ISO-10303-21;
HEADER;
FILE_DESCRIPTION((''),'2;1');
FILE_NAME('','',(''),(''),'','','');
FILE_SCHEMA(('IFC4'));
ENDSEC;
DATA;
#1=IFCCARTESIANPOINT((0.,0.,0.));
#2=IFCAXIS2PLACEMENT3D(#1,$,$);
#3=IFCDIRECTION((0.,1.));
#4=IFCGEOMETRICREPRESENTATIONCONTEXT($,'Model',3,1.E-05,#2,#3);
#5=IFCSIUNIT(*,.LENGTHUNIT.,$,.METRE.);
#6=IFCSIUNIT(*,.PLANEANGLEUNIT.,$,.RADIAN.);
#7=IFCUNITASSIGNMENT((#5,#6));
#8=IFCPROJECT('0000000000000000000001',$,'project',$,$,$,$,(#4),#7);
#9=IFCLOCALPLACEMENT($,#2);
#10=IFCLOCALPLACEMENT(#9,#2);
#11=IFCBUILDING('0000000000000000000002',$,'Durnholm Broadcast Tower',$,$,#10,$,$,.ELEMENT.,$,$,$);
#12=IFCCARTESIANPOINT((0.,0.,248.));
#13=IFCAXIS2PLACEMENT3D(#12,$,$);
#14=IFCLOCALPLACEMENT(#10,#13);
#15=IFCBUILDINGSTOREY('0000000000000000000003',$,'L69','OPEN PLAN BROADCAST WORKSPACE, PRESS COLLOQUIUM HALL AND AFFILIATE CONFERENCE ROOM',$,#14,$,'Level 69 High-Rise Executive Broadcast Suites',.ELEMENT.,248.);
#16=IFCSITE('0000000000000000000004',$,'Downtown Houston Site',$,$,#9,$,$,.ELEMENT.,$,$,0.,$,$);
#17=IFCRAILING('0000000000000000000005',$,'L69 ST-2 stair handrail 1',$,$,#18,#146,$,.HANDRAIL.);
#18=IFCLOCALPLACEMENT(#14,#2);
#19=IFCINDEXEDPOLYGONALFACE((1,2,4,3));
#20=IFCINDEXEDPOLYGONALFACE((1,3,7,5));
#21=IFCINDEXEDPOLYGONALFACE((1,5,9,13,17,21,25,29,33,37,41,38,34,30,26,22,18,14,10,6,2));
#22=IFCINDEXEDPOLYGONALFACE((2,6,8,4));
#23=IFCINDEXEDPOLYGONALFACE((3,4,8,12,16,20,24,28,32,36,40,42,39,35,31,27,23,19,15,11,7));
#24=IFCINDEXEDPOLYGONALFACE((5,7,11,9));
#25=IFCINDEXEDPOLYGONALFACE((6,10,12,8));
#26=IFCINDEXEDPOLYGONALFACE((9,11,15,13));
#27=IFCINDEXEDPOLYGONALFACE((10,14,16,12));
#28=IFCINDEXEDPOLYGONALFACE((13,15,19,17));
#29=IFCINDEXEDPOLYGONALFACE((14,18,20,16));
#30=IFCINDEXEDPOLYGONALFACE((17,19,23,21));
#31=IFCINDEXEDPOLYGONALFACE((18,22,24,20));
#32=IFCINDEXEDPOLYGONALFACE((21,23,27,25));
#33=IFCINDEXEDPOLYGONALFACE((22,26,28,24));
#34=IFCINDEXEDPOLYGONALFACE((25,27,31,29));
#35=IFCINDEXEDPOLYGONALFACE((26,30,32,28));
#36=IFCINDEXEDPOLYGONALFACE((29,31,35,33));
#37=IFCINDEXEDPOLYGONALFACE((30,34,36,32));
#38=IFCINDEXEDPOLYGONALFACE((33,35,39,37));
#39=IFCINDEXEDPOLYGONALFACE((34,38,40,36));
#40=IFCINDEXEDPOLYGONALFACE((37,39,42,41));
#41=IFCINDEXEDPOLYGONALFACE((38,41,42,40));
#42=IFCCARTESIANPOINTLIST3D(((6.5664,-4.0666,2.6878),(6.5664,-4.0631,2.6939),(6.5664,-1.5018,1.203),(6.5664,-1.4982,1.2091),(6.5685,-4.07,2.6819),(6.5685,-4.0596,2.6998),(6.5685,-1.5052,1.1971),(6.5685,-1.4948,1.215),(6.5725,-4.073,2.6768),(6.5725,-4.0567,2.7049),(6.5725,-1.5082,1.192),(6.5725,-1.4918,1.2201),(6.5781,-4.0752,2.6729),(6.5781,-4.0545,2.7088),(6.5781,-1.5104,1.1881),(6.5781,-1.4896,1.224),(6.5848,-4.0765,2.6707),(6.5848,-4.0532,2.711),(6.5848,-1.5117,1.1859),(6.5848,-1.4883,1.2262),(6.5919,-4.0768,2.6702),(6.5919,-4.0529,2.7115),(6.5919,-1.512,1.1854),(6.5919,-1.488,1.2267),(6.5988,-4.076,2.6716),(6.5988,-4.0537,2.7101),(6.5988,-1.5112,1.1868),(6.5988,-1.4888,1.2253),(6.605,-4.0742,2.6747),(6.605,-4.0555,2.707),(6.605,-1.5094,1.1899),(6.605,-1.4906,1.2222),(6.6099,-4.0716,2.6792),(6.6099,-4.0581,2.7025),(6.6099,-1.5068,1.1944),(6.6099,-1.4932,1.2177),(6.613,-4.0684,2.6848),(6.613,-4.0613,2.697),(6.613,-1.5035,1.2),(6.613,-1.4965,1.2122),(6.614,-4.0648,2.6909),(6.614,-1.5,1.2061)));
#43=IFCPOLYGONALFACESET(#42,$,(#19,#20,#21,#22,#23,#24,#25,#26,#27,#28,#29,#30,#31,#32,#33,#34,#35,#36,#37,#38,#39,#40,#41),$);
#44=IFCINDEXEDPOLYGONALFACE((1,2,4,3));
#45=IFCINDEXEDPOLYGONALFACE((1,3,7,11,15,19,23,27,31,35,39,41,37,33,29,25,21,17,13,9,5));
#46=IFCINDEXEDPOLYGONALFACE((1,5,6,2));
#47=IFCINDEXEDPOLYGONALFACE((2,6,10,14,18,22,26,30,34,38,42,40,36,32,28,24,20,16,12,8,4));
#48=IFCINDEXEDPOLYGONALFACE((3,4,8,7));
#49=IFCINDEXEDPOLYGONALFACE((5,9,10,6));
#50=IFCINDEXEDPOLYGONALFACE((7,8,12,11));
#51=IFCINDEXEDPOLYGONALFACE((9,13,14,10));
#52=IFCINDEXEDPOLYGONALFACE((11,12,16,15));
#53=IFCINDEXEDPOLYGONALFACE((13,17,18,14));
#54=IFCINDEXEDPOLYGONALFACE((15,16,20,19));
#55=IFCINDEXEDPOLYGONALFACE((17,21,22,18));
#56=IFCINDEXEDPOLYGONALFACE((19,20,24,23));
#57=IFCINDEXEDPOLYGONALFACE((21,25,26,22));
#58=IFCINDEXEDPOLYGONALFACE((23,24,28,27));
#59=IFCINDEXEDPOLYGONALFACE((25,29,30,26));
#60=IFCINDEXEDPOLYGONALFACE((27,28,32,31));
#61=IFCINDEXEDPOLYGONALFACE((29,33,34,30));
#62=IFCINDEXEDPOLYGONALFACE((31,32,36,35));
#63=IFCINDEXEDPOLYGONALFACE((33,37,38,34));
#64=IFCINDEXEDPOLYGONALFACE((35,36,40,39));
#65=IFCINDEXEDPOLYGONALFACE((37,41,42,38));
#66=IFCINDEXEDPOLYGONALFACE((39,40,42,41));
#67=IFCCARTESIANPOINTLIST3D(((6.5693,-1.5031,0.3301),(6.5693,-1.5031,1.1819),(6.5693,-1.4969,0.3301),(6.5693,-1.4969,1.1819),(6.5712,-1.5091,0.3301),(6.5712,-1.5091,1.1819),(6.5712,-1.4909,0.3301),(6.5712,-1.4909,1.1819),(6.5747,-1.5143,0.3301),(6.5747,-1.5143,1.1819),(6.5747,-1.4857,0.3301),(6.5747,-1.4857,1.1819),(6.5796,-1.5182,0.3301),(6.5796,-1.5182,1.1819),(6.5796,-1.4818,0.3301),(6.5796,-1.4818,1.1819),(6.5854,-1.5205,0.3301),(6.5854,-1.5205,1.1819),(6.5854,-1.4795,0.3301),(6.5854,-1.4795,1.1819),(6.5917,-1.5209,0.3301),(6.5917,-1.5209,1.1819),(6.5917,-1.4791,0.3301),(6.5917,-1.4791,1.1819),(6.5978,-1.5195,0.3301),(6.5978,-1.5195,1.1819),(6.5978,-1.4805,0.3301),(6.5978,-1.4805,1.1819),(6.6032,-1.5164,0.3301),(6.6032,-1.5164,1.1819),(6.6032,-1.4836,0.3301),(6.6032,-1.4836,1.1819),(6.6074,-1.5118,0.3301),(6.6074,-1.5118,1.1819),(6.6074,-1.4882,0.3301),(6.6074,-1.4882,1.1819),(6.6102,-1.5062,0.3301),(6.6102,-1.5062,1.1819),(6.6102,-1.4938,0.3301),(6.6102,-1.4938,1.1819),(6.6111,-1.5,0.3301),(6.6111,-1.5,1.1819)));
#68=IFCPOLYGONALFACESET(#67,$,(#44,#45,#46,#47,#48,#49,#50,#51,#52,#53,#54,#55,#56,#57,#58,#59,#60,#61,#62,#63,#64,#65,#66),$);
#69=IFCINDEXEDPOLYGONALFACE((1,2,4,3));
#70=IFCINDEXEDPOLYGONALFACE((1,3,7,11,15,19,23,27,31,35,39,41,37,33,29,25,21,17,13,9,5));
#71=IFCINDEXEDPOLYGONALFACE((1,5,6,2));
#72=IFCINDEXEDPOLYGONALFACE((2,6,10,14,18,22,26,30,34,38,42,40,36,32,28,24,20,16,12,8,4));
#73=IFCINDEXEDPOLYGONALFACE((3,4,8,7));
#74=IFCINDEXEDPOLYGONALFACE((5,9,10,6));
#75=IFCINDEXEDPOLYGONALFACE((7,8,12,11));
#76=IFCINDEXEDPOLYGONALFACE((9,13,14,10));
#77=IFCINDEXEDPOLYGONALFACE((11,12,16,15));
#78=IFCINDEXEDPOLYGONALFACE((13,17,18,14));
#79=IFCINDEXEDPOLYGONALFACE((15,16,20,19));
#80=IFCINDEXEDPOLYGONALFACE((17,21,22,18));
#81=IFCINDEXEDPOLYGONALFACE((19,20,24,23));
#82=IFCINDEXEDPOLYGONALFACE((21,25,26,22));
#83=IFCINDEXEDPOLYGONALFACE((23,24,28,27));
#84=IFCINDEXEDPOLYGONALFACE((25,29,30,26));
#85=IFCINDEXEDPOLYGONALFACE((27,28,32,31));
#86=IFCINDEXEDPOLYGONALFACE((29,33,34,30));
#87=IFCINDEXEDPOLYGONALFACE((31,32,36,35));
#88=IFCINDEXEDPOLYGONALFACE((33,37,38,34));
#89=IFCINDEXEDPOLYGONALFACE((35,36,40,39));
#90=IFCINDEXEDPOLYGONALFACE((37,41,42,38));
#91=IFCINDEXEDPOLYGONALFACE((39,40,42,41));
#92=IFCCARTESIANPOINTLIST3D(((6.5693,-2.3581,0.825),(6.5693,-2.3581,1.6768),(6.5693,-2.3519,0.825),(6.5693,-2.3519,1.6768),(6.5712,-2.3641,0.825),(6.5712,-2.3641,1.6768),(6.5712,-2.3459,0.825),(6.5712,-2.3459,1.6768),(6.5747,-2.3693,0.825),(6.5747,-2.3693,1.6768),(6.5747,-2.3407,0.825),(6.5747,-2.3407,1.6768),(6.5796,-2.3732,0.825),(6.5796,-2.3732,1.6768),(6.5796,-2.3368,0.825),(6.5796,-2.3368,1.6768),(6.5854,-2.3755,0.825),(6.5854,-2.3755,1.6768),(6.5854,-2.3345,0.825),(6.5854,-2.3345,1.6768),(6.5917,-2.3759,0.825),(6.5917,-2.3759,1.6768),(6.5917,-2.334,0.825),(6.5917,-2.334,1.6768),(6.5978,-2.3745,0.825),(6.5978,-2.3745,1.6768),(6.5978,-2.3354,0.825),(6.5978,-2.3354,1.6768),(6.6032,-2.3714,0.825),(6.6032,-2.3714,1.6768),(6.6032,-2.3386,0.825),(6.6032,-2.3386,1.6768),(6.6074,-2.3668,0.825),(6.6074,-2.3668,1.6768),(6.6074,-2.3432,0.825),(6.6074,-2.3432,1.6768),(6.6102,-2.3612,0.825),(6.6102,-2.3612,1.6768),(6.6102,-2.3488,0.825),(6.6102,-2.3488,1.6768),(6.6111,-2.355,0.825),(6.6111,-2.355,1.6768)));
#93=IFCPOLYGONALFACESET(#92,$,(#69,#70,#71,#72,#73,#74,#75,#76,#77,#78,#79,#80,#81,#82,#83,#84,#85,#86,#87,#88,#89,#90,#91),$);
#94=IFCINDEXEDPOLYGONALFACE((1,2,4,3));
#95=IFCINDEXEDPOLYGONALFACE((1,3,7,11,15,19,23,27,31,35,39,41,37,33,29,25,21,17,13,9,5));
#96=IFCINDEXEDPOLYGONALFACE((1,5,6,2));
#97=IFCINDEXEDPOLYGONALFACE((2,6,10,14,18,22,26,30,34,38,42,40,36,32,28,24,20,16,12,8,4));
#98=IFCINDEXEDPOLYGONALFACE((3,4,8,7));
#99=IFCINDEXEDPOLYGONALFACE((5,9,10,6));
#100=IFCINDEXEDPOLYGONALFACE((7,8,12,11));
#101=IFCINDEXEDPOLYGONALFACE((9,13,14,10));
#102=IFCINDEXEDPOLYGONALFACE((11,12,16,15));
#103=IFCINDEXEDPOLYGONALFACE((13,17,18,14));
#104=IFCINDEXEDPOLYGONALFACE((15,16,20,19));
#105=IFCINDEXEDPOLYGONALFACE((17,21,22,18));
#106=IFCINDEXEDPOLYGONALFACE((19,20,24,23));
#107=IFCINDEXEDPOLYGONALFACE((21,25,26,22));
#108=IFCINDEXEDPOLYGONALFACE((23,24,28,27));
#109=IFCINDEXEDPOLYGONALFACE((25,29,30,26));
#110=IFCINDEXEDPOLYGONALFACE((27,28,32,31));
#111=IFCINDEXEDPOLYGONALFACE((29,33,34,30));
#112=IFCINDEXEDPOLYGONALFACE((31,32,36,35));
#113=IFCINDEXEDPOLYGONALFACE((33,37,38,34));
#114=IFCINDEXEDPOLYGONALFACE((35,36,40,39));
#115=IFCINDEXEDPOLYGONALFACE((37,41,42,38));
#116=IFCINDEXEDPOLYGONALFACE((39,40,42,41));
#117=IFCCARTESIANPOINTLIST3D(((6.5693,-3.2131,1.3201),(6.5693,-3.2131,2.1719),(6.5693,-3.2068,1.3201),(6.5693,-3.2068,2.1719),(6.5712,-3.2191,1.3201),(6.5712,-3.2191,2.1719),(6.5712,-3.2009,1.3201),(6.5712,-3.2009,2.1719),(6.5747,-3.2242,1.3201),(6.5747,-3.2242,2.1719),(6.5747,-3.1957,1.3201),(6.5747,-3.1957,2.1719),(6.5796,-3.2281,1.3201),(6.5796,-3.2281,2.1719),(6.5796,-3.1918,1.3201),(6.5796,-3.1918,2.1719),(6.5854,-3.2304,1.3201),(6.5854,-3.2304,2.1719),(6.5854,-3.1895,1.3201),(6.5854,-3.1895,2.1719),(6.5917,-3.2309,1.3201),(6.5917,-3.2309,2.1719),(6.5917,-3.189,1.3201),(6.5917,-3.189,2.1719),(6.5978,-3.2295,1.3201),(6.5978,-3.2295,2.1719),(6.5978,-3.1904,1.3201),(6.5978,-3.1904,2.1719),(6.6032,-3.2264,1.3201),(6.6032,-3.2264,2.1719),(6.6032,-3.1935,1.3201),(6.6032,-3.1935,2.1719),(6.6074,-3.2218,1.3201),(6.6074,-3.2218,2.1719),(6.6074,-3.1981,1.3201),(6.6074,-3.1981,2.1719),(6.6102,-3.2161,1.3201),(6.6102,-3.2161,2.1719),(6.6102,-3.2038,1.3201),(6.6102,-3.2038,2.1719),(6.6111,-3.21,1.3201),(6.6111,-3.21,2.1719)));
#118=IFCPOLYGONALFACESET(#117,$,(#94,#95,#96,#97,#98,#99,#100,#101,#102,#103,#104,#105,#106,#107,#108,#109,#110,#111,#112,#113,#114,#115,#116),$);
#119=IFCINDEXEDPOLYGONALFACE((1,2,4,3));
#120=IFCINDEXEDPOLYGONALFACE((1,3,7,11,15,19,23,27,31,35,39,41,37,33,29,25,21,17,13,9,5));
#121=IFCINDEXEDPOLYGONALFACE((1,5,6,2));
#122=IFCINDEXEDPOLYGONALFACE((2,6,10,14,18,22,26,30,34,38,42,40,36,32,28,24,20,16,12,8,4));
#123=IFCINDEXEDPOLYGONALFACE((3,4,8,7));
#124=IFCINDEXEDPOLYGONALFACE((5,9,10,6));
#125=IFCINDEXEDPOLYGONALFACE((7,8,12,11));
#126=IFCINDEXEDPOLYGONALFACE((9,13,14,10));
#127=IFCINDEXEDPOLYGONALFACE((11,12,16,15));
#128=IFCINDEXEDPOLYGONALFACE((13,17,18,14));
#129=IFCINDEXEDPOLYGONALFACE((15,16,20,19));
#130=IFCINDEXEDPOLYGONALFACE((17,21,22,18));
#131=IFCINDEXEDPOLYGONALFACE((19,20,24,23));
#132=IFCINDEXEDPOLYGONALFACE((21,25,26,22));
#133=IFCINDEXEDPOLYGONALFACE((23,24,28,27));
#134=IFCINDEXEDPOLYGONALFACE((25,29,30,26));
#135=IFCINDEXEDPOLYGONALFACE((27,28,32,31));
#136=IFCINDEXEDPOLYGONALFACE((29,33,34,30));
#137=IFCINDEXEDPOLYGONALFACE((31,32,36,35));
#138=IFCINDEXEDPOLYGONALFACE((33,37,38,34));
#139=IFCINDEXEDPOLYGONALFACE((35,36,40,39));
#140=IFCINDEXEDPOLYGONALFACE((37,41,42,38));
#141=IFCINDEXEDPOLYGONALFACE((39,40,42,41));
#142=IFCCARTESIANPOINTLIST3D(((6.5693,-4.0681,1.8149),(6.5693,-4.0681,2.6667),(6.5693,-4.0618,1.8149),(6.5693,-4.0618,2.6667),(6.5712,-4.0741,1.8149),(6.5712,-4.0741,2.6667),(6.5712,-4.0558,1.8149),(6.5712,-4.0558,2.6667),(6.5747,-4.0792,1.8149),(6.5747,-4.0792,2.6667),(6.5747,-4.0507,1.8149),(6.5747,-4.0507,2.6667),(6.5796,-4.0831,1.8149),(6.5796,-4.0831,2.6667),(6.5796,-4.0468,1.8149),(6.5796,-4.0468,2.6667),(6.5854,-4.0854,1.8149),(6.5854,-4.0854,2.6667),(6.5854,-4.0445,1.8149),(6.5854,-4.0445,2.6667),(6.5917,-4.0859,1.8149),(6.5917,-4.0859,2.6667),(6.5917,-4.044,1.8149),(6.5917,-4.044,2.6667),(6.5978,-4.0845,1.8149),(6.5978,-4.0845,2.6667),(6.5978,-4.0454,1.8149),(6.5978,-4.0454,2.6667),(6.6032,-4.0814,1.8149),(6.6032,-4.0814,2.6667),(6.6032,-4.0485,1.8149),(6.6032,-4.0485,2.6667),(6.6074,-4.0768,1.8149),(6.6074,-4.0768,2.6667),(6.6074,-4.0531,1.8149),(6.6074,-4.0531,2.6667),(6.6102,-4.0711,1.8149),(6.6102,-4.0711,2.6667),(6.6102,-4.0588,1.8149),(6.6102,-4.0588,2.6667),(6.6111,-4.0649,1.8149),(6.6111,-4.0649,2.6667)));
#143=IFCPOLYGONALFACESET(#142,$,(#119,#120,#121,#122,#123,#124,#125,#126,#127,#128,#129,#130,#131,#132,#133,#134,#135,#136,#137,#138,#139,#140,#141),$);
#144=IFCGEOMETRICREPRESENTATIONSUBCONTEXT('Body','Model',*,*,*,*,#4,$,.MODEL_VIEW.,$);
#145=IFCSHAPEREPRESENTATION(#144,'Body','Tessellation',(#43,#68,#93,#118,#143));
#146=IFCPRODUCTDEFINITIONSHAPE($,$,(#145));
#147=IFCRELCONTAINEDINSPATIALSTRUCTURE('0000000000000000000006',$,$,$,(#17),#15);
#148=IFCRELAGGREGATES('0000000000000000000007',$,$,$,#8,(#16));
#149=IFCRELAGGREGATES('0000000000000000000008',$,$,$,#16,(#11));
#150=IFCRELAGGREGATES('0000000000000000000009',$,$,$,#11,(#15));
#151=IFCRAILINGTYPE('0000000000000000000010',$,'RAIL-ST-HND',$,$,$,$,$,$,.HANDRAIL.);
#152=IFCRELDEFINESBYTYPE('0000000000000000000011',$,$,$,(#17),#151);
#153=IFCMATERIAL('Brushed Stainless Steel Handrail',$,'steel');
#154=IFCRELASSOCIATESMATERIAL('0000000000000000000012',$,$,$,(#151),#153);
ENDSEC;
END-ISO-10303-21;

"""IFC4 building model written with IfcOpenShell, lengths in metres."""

from ifc_helpers import new_model, si_unit, direction, frame, origin, origin_2d, place, context, subcontext, project, spatial, circle, extrude, material, type_object, element, save


model = new_model("IFC4")

# Units and contexts
model_context = context("Model", 3, precision=1e-05, world=origin(), true_north=direction((0.0, 1.0)))
body_context = subcontext(model_context, "Body", "Model", "MODEL_VIEW")
ifc_project = project(units=[si_unit("LENGTHUNIT", "METRE"), si_unit("PLANEANGLEUNIT", "RADIAN")], contexts=[model_context])

# Site, building, storey
site_placement = place(None, origin())
site = spatial("IfcSite", under=ifc_project, at=site_placement, Name="Downtown Houston Site", CompositionType="ELEMENT", RefElevation=0.0)
building_placement = place(site_placement, origin())
building = spatial("IfcBuilding", under=site, at=building_placement, Name="Durnholm Broadcast Tower", CompositionType="ELEMENT")
storey_placement = place(building_placement, frame((0.0, 0.0, 248.0)))
storey = spatial("IfcBuildingStorey", under=building, at=storey_placement, Name="L69", Description="OPEN PLAN BROADCAST WORKSPACE, PRESS COLLOQUIUM HALL AND AFFILIATE CONFERENCE ROOM", LongName="Level 69 High-Rise Executive Broadcast Suites", CompositionType="ELEMENT", Elevation=248.0)

# Railing
ifc_material_1 = material(Name="Brushed Stainless Steel Handrail", Category="steel")
railing_type_1 = type_object("IfcRailingType", Name="RAIL-ST-HND", PredefinedType="HANDRAIL", material=ifc_material_1)
railing_1_placement = place(storey_placement, frame((6.5901, -1.5, 0.3301)))
element("IfcRailing", 1, at=railing_1_placement, inside=storey, type_object=railing_type_1, Name="L69 ST-2 stair handrail 1", PredefinedType="HANDRAIL", context=body_context, shape_type="SweptSolid", body=[
    extrude(circle(Radius=0.0239, at=origin_2d()), frame((0.0, 0.0, 0.876), z_axis=(0.0, -0.865441, 0.50101), x_axis=(1.0, 0.0, 0.0)), (0.0, 0.0, 1.0), 2.9636),
    extrude(circle(Radius=0.021, at=origin_2d()), origin(), (0.0, 0.0, 1.0), 0.8518),
    extrude(circle(Radius=0.021, at=origin_2d()), frame((0.0, -0.855, 0.4949)), (0.0, 0.0, 1.0), 0.8518),
    extrude(circle(Radius=0.021, at=origin_2d()), frame((0.0, -1.71, 0.99)), (0.0, 0.0, 1.0), 0.8518),
    extrude(circle(Radius=0.021, at=origin_2d()), frame((0.0, -2.5649, 1.4849)), (0.0, 0.0, 1.0), 0.8518),
])

save(model, "model.ifc")
